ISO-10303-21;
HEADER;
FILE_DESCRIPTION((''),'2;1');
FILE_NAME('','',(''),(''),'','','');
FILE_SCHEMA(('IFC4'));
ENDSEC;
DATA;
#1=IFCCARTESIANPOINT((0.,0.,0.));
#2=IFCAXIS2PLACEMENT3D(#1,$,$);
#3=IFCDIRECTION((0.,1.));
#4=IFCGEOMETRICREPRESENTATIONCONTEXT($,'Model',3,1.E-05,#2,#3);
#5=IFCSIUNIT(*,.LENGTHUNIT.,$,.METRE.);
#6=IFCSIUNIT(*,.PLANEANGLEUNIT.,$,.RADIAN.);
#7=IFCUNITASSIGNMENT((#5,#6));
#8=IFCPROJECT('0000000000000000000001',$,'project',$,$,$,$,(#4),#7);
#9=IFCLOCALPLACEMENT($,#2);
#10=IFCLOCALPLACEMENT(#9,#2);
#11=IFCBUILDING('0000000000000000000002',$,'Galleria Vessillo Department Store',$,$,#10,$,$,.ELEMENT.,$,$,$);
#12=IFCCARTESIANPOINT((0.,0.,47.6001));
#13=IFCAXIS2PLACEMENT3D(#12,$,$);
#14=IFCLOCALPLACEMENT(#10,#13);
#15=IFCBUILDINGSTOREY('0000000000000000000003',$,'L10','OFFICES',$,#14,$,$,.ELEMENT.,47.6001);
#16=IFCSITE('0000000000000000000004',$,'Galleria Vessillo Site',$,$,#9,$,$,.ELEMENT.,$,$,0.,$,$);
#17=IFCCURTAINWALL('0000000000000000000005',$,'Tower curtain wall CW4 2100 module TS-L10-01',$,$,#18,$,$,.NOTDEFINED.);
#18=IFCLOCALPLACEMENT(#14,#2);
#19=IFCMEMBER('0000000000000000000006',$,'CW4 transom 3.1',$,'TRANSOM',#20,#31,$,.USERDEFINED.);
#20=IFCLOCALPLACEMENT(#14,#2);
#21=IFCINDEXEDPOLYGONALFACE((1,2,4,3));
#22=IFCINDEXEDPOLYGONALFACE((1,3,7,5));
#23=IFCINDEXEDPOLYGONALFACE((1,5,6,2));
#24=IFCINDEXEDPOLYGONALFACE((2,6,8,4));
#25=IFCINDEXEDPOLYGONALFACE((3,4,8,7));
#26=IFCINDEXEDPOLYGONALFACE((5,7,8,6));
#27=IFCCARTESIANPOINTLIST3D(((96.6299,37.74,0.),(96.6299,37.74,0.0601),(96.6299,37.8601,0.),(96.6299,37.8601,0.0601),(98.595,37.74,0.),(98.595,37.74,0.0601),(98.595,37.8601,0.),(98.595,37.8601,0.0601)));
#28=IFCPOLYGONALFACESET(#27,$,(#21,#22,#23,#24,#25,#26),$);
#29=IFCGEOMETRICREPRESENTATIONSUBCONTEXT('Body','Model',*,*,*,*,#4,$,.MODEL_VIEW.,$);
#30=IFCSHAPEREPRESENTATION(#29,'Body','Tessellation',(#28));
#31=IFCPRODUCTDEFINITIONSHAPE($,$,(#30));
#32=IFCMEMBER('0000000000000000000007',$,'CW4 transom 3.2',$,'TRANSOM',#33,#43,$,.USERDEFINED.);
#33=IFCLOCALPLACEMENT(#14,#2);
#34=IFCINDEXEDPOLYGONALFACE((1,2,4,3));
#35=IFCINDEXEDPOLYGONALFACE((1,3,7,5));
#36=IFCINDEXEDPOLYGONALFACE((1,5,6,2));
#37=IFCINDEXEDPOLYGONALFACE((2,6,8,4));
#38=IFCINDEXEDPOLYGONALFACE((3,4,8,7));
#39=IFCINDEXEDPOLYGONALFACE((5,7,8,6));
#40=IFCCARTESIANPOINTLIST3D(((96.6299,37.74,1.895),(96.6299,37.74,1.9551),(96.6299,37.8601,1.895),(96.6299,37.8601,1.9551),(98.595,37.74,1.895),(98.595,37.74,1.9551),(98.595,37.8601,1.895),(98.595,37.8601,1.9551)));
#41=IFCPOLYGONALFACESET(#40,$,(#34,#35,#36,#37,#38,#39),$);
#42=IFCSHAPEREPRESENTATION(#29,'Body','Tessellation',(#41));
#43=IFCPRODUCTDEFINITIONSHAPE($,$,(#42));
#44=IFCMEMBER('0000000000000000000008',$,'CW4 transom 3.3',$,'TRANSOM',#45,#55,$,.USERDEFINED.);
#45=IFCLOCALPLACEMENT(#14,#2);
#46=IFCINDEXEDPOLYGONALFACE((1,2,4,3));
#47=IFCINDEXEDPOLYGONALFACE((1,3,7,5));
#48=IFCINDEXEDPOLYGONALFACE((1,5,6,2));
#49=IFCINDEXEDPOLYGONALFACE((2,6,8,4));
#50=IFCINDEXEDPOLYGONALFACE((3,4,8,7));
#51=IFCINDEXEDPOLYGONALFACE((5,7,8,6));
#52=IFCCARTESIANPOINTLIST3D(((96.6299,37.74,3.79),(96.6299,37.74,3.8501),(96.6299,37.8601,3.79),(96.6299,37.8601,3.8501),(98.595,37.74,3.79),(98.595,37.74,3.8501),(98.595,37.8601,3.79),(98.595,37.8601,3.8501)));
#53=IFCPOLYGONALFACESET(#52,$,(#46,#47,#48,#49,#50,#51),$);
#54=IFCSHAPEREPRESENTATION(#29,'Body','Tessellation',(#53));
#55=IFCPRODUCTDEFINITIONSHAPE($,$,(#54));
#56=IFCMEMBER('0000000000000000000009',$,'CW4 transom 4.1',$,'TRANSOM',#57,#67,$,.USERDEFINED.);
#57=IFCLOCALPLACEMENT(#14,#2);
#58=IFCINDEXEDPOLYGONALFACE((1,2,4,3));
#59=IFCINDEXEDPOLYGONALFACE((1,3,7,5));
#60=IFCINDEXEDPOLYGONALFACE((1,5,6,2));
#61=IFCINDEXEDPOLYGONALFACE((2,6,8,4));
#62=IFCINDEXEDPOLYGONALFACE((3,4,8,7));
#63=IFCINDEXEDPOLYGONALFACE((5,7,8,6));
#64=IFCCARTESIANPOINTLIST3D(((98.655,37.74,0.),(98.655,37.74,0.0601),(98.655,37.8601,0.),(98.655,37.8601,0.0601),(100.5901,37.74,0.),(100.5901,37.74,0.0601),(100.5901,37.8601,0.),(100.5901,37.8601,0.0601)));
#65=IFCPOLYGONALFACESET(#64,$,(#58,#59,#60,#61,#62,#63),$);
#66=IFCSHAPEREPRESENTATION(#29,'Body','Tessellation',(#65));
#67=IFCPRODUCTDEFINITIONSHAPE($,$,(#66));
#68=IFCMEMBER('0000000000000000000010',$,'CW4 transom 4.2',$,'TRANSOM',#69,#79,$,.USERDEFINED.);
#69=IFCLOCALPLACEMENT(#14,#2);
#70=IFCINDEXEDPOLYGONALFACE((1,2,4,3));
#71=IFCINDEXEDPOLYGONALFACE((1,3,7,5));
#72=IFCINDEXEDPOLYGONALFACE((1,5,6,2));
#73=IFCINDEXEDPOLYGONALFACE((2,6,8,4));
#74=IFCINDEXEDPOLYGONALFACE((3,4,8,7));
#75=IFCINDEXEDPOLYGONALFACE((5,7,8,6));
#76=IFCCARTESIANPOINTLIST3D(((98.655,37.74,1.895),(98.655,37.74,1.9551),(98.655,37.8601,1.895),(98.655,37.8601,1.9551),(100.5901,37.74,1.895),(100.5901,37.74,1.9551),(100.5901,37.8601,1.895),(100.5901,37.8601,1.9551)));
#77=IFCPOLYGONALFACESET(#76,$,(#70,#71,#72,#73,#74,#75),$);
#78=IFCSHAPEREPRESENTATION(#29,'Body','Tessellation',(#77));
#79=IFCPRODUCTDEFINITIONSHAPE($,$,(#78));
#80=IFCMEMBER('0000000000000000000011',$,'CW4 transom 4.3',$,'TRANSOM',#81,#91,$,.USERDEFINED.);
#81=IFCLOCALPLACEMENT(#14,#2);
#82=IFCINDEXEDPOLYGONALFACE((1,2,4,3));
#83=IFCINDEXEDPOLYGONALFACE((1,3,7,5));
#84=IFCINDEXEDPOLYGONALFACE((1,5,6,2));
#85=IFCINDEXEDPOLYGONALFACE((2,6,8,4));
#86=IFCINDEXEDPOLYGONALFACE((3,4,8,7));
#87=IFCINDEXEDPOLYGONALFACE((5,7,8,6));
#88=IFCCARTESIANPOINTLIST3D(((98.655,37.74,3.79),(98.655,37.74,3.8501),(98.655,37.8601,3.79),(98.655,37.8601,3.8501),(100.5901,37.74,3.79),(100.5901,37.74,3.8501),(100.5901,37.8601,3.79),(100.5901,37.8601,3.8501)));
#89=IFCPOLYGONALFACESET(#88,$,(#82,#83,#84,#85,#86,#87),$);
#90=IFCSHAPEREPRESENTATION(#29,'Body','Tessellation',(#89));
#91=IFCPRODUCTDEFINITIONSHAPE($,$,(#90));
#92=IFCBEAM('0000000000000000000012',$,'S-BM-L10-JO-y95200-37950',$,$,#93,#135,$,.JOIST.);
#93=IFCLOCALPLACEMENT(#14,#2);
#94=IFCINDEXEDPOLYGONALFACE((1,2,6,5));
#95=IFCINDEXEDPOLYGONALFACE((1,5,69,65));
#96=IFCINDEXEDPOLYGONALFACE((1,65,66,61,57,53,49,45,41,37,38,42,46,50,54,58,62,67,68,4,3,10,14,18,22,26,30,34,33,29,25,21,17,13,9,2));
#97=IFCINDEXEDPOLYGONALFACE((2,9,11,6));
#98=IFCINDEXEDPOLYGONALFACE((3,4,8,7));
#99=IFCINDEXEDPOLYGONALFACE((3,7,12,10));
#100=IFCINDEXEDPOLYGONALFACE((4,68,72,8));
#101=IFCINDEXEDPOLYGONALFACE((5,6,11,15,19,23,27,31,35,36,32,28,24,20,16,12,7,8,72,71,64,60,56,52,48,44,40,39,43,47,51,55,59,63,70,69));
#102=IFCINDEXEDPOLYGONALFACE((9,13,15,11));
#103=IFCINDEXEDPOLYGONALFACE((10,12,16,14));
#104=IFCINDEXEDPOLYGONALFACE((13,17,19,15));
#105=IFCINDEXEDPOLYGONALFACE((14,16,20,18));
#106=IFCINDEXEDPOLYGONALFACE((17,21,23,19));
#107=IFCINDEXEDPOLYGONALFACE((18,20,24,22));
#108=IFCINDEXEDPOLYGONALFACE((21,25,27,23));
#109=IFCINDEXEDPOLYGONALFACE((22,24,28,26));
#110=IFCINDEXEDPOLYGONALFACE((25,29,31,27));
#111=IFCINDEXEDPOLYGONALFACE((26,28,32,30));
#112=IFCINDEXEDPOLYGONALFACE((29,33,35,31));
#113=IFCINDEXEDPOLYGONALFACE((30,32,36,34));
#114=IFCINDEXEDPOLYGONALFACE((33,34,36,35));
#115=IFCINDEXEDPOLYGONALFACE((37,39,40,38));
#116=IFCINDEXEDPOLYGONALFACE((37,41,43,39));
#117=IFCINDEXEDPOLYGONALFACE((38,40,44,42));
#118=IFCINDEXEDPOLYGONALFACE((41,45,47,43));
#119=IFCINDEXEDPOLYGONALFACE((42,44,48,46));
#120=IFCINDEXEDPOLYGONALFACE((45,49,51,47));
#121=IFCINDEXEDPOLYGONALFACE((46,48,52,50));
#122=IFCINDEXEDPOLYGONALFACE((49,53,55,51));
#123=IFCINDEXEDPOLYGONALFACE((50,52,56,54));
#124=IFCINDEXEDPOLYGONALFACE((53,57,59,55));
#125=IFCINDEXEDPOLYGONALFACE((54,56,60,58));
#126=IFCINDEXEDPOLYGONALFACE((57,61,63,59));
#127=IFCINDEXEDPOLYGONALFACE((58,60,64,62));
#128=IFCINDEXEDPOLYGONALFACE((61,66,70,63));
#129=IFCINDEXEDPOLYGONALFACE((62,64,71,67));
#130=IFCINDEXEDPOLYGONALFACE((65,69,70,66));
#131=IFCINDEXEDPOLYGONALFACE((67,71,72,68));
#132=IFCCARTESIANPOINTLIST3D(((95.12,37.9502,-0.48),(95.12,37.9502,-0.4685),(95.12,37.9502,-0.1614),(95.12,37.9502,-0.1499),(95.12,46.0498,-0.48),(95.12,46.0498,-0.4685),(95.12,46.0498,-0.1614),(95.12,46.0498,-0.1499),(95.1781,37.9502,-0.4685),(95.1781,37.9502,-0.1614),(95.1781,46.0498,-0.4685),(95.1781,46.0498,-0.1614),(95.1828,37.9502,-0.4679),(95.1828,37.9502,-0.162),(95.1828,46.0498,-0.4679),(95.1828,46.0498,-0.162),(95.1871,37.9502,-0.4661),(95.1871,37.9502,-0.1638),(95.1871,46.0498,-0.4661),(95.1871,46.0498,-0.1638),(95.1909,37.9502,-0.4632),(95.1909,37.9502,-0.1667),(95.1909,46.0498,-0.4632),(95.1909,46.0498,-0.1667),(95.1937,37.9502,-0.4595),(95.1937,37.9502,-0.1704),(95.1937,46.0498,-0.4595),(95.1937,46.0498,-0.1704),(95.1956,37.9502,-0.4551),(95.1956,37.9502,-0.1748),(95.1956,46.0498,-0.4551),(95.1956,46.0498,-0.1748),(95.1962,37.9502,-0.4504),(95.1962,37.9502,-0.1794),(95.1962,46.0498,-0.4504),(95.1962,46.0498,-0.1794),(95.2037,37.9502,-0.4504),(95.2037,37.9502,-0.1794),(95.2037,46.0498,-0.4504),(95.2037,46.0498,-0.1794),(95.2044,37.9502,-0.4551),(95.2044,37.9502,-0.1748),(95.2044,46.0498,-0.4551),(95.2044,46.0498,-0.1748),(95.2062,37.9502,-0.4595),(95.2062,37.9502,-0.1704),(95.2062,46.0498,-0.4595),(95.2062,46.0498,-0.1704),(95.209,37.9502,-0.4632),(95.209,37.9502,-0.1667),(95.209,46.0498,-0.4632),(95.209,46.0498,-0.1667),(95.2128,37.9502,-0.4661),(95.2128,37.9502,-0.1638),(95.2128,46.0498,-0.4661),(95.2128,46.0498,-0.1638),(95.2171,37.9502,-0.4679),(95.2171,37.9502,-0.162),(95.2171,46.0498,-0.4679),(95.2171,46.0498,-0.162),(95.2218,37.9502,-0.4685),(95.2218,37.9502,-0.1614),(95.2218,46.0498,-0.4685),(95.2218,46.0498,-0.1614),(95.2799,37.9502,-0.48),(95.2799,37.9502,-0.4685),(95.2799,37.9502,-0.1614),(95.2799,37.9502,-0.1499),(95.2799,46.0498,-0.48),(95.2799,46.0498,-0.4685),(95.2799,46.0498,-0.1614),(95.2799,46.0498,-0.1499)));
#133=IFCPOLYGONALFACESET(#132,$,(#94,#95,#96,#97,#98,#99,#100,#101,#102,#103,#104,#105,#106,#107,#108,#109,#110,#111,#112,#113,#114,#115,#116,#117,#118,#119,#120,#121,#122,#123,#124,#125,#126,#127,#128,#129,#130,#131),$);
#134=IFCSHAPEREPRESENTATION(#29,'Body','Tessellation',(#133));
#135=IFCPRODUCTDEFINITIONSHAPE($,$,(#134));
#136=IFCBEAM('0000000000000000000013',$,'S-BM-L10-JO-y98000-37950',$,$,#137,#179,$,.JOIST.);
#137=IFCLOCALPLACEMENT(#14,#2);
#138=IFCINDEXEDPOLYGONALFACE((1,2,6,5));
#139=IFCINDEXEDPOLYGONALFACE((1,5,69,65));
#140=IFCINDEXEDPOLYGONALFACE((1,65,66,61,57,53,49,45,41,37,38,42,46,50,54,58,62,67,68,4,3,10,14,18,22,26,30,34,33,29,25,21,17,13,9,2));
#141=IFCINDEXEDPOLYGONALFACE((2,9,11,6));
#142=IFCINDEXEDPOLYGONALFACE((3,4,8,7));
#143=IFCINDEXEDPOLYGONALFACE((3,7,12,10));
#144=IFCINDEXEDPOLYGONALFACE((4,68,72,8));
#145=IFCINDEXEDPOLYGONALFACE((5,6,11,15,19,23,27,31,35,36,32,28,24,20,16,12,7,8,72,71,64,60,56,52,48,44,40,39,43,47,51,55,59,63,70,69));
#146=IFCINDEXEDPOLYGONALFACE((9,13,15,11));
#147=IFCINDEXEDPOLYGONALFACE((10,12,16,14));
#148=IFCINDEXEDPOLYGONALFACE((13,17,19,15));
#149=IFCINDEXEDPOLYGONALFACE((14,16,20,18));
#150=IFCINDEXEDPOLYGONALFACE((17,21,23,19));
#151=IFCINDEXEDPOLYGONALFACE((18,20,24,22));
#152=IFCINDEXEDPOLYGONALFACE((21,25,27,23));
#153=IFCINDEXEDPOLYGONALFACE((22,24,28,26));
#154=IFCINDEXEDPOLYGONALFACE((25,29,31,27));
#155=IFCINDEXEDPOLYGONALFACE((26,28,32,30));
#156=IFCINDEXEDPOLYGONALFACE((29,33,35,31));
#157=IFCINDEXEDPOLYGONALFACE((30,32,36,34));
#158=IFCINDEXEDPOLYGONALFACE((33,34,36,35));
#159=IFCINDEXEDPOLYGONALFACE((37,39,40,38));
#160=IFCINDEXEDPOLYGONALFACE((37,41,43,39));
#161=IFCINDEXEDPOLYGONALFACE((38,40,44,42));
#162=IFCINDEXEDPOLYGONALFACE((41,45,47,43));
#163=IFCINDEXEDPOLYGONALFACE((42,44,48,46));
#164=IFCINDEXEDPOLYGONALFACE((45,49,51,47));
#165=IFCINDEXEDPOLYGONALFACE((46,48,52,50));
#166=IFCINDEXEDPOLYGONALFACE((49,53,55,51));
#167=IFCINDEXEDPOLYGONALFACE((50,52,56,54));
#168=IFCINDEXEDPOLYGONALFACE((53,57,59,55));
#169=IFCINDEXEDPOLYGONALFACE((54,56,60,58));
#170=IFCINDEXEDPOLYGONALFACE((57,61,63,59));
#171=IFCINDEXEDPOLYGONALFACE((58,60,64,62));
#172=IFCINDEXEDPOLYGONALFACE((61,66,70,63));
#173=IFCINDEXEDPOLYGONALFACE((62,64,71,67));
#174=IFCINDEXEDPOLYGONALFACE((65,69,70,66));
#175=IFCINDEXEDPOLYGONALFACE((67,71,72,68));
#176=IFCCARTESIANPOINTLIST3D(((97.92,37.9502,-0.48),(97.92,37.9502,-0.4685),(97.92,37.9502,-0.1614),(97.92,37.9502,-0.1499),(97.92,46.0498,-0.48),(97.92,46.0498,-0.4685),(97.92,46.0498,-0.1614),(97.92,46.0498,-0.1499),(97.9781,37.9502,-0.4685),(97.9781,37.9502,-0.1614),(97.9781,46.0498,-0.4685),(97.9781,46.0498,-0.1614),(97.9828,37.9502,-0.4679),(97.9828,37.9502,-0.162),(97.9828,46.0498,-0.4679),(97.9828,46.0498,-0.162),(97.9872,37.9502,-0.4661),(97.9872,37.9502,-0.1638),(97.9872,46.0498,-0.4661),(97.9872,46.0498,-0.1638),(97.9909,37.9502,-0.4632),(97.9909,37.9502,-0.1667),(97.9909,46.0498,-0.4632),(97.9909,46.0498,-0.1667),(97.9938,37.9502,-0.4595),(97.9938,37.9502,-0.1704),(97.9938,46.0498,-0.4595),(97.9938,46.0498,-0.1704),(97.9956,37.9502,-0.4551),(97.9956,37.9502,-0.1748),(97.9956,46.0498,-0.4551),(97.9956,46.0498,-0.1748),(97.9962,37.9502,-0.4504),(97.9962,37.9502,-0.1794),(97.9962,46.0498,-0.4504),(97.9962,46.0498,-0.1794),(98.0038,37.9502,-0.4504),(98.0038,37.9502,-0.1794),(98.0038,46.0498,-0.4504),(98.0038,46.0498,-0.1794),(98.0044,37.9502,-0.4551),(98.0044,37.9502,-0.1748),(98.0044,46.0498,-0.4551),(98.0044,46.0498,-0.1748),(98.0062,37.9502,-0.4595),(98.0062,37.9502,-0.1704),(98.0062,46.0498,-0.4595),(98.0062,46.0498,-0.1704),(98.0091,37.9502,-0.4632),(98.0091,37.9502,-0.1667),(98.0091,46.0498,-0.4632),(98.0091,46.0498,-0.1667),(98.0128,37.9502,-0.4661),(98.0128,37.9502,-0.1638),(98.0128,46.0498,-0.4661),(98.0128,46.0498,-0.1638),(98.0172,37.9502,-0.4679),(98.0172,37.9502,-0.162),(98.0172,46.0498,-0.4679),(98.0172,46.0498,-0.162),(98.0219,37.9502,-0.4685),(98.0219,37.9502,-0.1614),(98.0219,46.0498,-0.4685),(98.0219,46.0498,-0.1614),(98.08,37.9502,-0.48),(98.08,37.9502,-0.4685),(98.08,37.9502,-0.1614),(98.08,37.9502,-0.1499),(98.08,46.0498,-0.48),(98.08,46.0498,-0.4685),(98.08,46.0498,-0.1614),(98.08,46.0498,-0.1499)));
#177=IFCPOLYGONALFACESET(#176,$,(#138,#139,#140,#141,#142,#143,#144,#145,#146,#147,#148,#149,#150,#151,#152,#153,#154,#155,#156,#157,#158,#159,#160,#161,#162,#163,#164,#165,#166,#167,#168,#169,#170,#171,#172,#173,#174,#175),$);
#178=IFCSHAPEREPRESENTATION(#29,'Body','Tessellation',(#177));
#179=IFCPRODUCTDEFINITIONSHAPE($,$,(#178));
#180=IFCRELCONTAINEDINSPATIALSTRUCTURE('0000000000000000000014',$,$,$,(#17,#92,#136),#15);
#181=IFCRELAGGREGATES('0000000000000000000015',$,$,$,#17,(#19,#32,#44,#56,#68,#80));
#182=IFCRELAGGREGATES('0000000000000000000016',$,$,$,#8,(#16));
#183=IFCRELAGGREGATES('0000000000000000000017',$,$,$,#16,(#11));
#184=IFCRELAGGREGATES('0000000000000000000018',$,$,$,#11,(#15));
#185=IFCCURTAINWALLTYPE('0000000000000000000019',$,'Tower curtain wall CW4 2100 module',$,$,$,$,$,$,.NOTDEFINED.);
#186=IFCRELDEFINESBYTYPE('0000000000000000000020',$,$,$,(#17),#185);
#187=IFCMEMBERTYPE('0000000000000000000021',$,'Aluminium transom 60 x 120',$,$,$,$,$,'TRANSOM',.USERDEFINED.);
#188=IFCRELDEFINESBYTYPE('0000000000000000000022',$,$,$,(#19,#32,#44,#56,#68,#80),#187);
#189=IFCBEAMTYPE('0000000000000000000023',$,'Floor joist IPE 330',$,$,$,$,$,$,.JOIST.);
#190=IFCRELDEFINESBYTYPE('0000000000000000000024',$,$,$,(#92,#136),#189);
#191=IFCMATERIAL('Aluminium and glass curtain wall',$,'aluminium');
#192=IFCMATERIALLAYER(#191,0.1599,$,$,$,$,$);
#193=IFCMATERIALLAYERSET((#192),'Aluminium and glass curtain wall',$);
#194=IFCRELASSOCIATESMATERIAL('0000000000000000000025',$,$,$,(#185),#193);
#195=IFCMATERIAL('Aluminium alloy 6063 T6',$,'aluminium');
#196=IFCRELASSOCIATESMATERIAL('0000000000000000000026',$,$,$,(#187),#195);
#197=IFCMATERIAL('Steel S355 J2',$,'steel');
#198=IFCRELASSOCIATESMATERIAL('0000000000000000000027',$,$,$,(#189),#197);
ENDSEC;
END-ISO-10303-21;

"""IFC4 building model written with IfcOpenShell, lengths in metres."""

from ifc_helpers import new_model, si_unit, direction, frame, origin, origin_2d, place, context, subcontext, project, spatial, rectangle, i_section, extrude, material, layer, layer_set, material_profile, profile_set, type_object, element, aggregate, save


model = new_model("IFC4")

# Units and contexts
model_context = context("Model", 3, precision=1e-05, world=origin(), true_north=direction((0.0, 1.0)))
body_context = subcontext(model_context, "Body", "Model", "MODEL_VIEW")
ifc_project = project(units=[si_unit("LENGTHUNIT", "METRE"), si_unit("PLANEANGLEUNIT", "RADIAN")], contexts=[model_context])

# Site, building, storey
site_placement = place(None, origin())
site = spatial("IfcSite", under=ifc_project, at=site_placement, Name="Galleria Vessillo Site", CompositionType="ELEMENT", RefElevation=0.0)
building_placement = place(site_placement, origin())
building = spatial("IfcBuilding", under=site, at=building_placement, Name="Galleria Vessillo Department Store", CompositionType="ELEMENT")
storey_placement = place(building_placement, frame((0.0, 0.0, 47.6001)))
storey = spatial("IfcBuildingStorey", under=building, at=storey_placement, Name="L10", Description="OFFICES", CompositionType="ELEMENT", Elevation=47.6001)

# Curtain wall, members
ifc_material_1 = material(Name="Aluminium and glass curtain wall", Category="aluminium")
ifc_layer_1 = layer(ifc_material_1, 0.1599)
ifc_layer_set_1 = layer_set([ifc_layer_1], Name="Aluminium and glass curtain wall")
curtain_wall_type = type_object("IfcCurtainWallType", Name="Tower curtain wall CW4 2100 module", PredefinedType="NOTDEFINED", material=ifc_layer_set_1)
curtain_wall_placement = place(storey_placement, origin())
curtain_wall = element("IfcCurtainWall", 1, at=curtain_wall_placement, inside=storey, type_object=curtain_wall_type, Name="Tower curtain wall CW4 2100 module TS-L10-01", PredefinedType="NOTDEFINED")
ifc_material_2 = material(Name="Aluminium alloy 6063 T6", Category="aluminium")
ifc_material_profile_1 = material_profile(ifc_material_2, rectangle(XDim=0.1201, YDim=0.0601, at=origin_2d()), Name="AL 60x120")
ifc_profile_set_1 = profile_set([ifc_material_profile_1], Name="Aluminium alloy 6063 T6")
member_type_1 = type_object("IfcMemberType", Name="Aluminium transom 60 x 120", ElementType="TRANSOM", PredefinedType="USERDEFINED", material=ifc_profile_set_1)
member_1_placement = place(storey_placement, frame((96.6299, 37.8, 0.03), z_axis=(1.0, 0.0, 0.0), x_axis=(0.0, 1.0, 0.0)))
member_1 = element("IfcMember", 2, at=member_1_placement, type_object=member_type_1, Name="CW4 transom 3.1", ObjectType="TRANSOM", PredefinedType="USERDEFINED", context=body_context, shape_type="SweptSolid", body=[
    extrude(rectangle(XDim=0.1201, YDim=0.0601, at=origin_2d()), origin(), (0.0, 0.0, 1.0), 1.9651),
])
member_2_placement = place(storey_placement, frame((96.6299, 37.8, 1.925), z_axis=(1.0, 0.0, 0.0), x_axis=(0.0, 1.0, 0.0)))
member_2 = element("IfcMember", 3, at=member_2_placement, type_object=member_type_1, Name="CW4 transom 3.2", ObjectType="TRANSOM", PredefinedType="USERDEFINED", context=body_context, shape_type="SweptSolid", body=[
    extrude(rectangle(XDim=0.1201, YDim=0.0601, at=origin_2d()), origin(), (0.0, 0.0, 1.0), 1.9651),
])
member_3_placement = place(storey_placement, frame((96.6299, 37.8, 3.8201), z_axis=(1.0, 0.0, 0.0), x_axis=(0.0, 1.0, 0.0)))
member_3 = element("IfcMember", 4, at=member_3_placement, type_object=member_type_1, Name="CW4 transom 3.3", ObjectType="TRANSOM", PredefinedType="USERDEFINED", context=body_context, shape_type="SweptSolid", body=[
    extrude(rectangle(XDim=0.1201, YDim=0.0601, at=origin_2d()), origin(), (0.0, 0.0, 1.0), 1.9651),
])
member_4_placement = place(storey_placement, frame((98.655, 37.8, 0.03), z_axis=(1.0, 0.0, 0.0), x_axis=(0.0, 1.0, 0.0)))
member_4 = element("IfcMember", 5, at=member_4_placement, type_object=member_type_1, Name="CW4 transom 4.1", ObjectType="TRANSOM", PredefinedType="USERDEFINED", context=body_context, shape_type="SweptSolid", body=[
    extrude(rectangle(XDim=0.1201, YDim=0.0601, at=origin_2d()), origin(), (0.0, 0.0, 1.0), 1.9351),
])
member_5_placement = place(storey_placement, frame((98.655, 37.8, 1.925), z_axis=(1.0, 0.0, 0.0), x_axis=(0.0, 1.0, 0.0)))
member_5 = element("IfcMember", 6, at=member_5_placement, type_object=member_type_1, Name="CW4 transom 4.2", ObjectType="TRANSOM", PredefinedType="USERDEFINED", context=body_context, shape_type="SweptSolid", body=[
    extrude(rectangle(XDim=0.1201, YDim=0.0601, at=origin_2d()), origin(), (0.0, 0.0, 1.0), 1.9351),
])
member_6_placement = place(storey_placement, frame((98.655, 37.8, 3.8201), z_axis=(1.0, 0.0, 0.0), x_axis=(0.0, 1.0, 0.0)))
member_6 = element("IfcMember", 7, at=member_6_placement, type_object=member_type_1, Name="CW4 transom 4.3", ObjectType="TRANSOM", PredefinedType="USERDEFINED", context=body_context, shape_type="SweptSolid", body=[
    extrude(rectangle(XDim=0.1201, YDim=0.0601, at=origin_2d()), origin(), (0.0, 0.0, 1.0), 1.9351),
])

# Beams
ifc_material_3 = material(Name="Steel S355 J2", Category="steel")
ifc_material_profile_2 = material_profile(ifc_material_3, i_section(OverallWidth=0.1599, OverallDepth=0.3301, WebThickness=0.0076, FlangeThickness=0.0115, FilletRadius=0.0181, at=origin_2d()), Name="IPE 330")
ifc_profile_set_2 = profile_set([ifc_material_profile_2], Name="Steel S355 J2")
beam_type_1 = type_object("IfcBeamType", Name="Floor joist IPE 330", PredefinedType="JOIST", material=ifc_profile_set_2)
for number, where, z_axis, x_axis, name in (
    (8, (95.2, 37.9502, -0.3149), (0.0, 1.0, 0.0), (-1.0, 0.0, 0.0), "S-BM-L10-JO-y95200-37950"),
    (9, (98.0, 37.9502, -0.3149), (0.0, 1.0, 0.0), (-1.0, 0.0, 0.0), "S-BM-L10-JO-y98000-37950"),
):
    element("IfcBeam", number, at=place(storey_placement, frame(where, z_axis=z_axis, x_axis=x_axis)), inside=storey, type_object=beam_type_1, Name=name, PredefinedType="JOIST", context=body_context, shape_type="SweptSolid", body=[
        extrude(i_section(OverallWidth=0.1599, OverallDepth=0.3301, WebThickness=0.0076, FlangeThickness=0.0115, FilletRadius=0.0181, at=origin_2d()), origin(), (0.0, 0.0, 1.0), 8.0996),
    ])

aggregate(curtain_wall, [member_1, member_2, member_3, member_4, member_5, member_6])

save(model, "model.ifc")
